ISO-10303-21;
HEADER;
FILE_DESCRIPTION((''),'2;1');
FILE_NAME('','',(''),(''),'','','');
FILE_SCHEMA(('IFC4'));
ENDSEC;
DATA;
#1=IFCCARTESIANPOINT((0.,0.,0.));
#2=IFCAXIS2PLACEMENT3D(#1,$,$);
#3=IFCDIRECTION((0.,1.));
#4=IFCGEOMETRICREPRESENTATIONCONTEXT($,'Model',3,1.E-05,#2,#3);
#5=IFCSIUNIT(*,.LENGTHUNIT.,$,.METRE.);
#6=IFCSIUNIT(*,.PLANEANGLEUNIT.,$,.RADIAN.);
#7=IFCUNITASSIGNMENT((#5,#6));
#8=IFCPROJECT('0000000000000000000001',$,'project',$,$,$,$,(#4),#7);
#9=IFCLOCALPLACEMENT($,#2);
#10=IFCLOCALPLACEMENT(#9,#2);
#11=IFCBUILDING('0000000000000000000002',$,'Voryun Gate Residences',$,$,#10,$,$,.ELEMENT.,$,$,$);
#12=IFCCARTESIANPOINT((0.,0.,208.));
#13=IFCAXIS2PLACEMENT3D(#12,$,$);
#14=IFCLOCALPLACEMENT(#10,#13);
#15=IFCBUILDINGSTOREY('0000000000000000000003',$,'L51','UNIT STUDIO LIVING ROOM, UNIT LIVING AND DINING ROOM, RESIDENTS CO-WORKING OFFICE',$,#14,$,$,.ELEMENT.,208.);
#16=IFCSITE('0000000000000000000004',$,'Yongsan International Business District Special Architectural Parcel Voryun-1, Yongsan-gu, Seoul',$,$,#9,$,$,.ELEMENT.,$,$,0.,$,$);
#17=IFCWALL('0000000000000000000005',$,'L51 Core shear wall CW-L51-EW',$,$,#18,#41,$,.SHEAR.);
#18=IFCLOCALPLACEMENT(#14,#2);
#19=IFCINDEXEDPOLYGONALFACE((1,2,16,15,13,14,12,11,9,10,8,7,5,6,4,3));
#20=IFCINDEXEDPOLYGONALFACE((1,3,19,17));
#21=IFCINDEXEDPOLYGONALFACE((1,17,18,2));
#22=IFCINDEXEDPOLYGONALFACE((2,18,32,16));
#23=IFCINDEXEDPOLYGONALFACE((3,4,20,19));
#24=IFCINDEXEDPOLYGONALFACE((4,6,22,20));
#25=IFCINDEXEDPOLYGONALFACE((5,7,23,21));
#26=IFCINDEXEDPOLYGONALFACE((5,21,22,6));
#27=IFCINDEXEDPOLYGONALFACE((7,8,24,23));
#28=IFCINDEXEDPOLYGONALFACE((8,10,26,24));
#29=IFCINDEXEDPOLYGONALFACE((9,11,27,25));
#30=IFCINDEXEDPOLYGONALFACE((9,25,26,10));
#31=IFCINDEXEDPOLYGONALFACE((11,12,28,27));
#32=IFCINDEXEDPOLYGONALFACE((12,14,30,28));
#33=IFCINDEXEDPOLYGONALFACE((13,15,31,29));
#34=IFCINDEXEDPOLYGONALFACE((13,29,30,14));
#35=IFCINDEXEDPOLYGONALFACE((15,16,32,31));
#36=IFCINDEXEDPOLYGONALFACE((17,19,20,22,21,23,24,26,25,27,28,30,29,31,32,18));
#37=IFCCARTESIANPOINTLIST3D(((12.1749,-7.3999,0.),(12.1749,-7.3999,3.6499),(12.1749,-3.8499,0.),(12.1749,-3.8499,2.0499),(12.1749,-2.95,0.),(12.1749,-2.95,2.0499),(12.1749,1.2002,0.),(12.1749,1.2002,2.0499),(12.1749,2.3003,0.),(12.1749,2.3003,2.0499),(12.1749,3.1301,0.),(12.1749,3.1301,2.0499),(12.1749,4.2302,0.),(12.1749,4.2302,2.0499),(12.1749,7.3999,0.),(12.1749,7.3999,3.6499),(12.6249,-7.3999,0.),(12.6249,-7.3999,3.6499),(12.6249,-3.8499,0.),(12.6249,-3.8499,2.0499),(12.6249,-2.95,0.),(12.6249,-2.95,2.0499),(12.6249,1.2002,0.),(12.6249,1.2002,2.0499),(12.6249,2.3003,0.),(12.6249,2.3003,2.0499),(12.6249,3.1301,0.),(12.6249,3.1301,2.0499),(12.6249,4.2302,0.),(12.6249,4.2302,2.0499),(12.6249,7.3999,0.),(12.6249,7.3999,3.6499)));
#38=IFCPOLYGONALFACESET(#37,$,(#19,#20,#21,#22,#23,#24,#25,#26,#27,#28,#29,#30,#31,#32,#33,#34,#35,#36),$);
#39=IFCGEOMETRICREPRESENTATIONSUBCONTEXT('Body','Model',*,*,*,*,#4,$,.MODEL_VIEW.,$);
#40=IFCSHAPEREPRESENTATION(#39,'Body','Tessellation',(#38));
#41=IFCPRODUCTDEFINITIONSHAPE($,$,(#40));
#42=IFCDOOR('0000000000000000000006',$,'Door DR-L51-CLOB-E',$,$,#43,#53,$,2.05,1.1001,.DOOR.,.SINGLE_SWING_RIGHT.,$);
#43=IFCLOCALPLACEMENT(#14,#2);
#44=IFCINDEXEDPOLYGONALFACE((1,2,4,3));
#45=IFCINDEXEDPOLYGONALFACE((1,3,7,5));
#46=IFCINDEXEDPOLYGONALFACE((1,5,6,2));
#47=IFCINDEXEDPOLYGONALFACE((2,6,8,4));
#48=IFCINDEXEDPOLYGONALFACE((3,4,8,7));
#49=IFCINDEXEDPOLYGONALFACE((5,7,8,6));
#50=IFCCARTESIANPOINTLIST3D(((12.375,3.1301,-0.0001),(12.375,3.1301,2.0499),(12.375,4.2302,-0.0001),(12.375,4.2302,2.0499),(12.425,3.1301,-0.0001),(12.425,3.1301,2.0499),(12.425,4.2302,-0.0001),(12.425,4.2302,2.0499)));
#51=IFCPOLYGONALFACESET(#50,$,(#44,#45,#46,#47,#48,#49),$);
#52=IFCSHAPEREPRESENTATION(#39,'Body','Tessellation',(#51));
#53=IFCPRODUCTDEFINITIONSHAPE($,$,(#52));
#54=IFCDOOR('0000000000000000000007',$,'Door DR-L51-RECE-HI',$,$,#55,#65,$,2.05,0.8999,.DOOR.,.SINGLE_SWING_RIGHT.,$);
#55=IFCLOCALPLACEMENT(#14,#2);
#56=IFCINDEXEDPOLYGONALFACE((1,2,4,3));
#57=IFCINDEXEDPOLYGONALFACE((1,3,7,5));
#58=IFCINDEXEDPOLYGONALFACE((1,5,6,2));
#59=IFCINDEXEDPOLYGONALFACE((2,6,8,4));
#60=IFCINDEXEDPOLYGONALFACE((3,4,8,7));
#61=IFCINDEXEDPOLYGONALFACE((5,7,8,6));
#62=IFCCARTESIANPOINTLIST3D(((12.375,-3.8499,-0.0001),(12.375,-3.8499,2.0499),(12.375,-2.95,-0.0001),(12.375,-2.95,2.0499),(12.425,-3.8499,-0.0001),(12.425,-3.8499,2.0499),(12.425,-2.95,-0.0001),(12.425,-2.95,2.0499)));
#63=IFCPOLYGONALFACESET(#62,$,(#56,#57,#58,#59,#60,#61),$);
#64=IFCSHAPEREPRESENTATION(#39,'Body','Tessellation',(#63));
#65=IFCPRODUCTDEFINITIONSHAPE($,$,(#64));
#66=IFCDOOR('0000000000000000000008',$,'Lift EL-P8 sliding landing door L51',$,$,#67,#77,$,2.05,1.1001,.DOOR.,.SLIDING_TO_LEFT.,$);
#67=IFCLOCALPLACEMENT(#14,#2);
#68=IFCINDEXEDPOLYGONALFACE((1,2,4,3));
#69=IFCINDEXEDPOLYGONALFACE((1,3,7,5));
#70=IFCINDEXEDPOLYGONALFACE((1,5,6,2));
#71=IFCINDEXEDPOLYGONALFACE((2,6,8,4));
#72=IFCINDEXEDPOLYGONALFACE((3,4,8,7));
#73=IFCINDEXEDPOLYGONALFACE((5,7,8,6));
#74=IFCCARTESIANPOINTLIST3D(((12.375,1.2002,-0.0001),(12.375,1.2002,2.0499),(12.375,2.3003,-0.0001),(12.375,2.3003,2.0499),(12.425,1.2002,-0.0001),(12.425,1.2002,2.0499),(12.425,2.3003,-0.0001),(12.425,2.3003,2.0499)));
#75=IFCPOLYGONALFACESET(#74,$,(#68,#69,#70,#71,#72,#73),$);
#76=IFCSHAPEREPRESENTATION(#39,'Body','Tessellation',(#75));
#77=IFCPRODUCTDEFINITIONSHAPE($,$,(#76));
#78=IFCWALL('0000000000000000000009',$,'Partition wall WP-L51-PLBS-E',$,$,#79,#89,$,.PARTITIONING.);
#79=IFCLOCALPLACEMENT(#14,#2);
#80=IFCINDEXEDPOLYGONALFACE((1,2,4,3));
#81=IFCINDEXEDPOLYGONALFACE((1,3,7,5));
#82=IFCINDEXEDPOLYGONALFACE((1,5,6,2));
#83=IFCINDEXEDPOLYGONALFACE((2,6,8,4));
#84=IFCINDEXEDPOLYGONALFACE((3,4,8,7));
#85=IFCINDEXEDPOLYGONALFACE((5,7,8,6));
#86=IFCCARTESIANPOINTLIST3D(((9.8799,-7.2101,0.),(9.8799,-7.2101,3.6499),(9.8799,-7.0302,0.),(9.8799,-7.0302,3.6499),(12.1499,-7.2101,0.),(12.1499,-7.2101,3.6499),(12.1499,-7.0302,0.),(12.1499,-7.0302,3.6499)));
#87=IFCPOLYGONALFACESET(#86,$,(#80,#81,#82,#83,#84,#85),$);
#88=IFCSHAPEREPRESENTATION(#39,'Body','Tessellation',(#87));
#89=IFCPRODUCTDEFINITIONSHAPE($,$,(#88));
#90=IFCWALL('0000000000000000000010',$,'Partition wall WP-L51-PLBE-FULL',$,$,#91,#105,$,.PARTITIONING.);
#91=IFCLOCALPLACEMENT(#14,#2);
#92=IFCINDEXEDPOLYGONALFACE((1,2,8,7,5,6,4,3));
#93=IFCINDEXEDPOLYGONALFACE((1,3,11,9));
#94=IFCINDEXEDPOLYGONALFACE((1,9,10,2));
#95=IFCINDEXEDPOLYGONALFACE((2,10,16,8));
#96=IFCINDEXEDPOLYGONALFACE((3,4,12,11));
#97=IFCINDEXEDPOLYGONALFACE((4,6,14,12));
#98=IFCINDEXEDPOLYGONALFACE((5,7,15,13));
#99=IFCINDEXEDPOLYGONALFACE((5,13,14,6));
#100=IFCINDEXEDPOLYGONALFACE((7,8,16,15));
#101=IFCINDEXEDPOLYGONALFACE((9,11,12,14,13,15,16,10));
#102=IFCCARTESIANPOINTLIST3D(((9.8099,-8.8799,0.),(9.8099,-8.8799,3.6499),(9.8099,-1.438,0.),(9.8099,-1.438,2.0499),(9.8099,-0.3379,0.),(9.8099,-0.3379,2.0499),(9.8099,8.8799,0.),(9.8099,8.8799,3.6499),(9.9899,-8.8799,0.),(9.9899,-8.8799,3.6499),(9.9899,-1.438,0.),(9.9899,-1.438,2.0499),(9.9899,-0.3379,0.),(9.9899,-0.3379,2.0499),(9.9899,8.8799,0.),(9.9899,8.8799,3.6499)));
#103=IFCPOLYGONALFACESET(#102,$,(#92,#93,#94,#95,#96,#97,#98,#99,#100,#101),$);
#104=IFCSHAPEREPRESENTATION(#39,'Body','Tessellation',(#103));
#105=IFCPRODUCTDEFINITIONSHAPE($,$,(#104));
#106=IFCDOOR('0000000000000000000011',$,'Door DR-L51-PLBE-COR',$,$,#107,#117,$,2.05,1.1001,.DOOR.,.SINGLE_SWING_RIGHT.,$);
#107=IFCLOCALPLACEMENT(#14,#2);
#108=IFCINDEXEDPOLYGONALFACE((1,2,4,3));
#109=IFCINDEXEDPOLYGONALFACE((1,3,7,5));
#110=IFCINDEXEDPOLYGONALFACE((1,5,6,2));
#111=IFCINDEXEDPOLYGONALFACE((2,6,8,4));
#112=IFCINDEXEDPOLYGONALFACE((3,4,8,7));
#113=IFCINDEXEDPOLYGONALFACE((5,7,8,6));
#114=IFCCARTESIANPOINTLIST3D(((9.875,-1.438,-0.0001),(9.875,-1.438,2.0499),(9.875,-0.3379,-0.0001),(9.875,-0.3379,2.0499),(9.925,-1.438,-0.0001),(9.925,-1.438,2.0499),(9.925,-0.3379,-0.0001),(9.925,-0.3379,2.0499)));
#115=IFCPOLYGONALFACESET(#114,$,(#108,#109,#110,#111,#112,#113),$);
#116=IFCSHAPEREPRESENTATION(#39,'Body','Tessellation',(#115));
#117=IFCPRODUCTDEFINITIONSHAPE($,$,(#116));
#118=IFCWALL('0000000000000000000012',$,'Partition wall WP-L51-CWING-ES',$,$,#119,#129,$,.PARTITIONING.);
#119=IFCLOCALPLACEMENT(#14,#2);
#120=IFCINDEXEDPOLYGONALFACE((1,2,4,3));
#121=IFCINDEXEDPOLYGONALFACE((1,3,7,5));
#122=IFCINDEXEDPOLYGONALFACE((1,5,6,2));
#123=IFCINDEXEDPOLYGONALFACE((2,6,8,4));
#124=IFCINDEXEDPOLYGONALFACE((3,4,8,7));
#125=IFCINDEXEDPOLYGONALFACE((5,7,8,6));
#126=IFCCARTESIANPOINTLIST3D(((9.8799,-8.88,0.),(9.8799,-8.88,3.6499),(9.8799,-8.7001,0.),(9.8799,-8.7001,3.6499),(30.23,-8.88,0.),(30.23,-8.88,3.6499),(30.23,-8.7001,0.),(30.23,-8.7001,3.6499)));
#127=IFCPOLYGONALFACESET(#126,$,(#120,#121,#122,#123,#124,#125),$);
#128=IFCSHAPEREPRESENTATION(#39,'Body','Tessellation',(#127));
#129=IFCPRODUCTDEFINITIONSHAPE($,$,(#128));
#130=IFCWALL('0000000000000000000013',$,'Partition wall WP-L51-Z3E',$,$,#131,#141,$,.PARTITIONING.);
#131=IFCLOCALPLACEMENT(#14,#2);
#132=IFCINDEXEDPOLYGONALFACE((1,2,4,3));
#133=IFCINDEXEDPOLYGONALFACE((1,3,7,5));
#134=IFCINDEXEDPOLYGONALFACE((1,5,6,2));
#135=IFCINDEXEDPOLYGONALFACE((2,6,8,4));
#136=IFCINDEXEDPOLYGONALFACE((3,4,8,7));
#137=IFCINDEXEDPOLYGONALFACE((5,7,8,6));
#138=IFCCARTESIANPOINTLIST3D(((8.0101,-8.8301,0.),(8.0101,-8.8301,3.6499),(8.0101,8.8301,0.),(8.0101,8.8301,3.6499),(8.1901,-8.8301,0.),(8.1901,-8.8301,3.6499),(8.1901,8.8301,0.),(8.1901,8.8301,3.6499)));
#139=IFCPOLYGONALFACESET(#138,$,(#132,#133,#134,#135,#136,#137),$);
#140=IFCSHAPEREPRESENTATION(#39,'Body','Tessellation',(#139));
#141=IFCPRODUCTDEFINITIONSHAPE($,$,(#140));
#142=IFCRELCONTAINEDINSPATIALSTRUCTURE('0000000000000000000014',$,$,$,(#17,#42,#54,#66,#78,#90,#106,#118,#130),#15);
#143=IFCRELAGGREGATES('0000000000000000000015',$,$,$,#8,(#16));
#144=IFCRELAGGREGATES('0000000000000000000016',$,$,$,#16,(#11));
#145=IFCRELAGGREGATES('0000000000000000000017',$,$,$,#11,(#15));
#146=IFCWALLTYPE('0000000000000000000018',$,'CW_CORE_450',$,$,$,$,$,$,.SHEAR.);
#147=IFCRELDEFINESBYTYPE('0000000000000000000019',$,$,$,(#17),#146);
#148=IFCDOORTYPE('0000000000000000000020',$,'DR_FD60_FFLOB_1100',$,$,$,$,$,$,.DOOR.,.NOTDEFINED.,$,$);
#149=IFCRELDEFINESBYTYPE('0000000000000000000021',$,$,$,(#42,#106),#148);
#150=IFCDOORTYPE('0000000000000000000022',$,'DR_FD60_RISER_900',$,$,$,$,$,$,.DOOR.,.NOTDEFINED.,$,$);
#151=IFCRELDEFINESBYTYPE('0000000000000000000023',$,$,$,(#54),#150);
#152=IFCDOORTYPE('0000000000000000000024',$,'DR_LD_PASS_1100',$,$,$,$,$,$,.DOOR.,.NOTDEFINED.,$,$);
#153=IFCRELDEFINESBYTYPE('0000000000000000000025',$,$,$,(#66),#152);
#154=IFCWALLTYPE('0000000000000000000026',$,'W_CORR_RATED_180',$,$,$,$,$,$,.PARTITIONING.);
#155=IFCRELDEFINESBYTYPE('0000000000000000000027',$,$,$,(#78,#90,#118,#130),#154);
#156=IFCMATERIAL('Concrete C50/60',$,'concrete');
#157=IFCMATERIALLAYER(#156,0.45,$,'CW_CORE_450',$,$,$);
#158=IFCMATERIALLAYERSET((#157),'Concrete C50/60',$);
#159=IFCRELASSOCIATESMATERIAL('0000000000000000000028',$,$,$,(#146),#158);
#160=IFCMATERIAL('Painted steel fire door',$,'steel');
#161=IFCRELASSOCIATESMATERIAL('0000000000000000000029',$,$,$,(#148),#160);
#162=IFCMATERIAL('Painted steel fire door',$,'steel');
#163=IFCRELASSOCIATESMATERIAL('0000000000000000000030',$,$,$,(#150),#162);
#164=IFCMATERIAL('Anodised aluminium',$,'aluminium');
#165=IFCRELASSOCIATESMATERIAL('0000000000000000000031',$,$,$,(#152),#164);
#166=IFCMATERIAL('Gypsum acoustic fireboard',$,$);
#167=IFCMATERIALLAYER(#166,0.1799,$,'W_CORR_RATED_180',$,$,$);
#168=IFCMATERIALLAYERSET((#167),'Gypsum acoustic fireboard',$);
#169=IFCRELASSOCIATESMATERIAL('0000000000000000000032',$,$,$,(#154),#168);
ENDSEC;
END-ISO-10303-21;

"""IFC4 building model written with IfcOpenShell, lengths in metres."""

from ifc_helpers import new_model, si_unit, direction, frame, frame_2d, origin, place, context, subcontext, project, spatial, rectangle, extrude, material, layer, layer_set, type_object, element, fill, save


model = new_model("IFC4")

# Units and contexts
model_context = context("Model", 3, precision=1e-05, world=origin(), true_north=direction((0.0, 1.0)))
body_context = subcontext(model_context, "Body", "Model", "MODEL_VIEW")
ifc_project = project(units=[si_unit("LENGTHUNIT", "METRE"), si_unit("PLANEANGLEUNIT", "RADIAN")], contexts=[model_context])

# Site, building, storey
site_placement = place(None, origin())
site = spatial("IfcSite", under=ifc_project, at=site_placement, Name="Yongsan International Business District Special Architectural Parcel Voryun-1, Yongsan-gu, Seoul", CompositionType="ELEMENT", RefElevation=0.0)
building_placement = place(site_placement, origin())
building = spatial("IfcBuilding", under=site, at=building_placement, Name="Voryun Gate Residences", CompositionType="ELEMENT")
storey_placement = place(building_placement, frame((0.0, 0.0, 208.0)))
storey = spatial("IfcBuildingStorey", under=building, at=storey_placement, Name="L51", Description="UNIT STUDIO LIVING ROOM, UNIT LIVING AND DINING ROOM, RESIDENTS CO-WORKING OFFICE", CompositionType="ELEMENT", Elevation=208.0)

# Shared definitions
ifc_material_1 = material(Name="Concrete C50/60", Category="concrete")
ifc_layer_1 = layer(ifc_material_1, 0.45, Name="CW_CORE_450")
ifc_layer_set_1 = layer_set([ifc_layer_1], Name="Concrete C50/60")
wall_type_1 = type_object("IfcWallType", Name="CW_CORE_450", PredefinedType="SHEAR", material=ifc_layer_set_1)

# Wall, openings, doors
wall_1_placement = place(storey_placement, frame((12.3999, -7.3999, 0.0), z_axis=(0.0, 0.0, 1.0), x_axis=(0.0, 1.0, 0.0)))
wall_1 = element("IfcWall", 1, at=wall_1_placement, inside=storey, type_object=wall_type_1, Name="L51 Core shear wall CW-L51-EW", PredefinedType="SHEAR", context=body_context, shape_type="SweptSolid", body=[
    extrude(rectangle(XDim=14.7998, YDim=0.45, at=frame_2d((7.3999, 0.0))), origin(), (0.0, 0.0, 1.0), 3.6499),
])
opening_1_placement = place(wall_1_placement, frame((8.6001, 0.0, 0.0)))
opening_1 = element("IfcOpeningElement", 2, at=opening_1_placement, cuts=wall_1, PredefinedType="OPENING", context=body_context, shape_type="SweptSolid", body=[
    extrude(rectangle(XDim=1.1001, YDim=2.05, at=frame_2d((0.55, 1.0249))), frame((0.0, 0.2351, 0.0), z_axis=(0.0, -1.0, 0.0), x_axis=(1.0, 0.0, 0.0)), (0.0, 0.0, 1.0), 0.47),
])
opening_2_placement = place(wall_1_placement, frame((10.53, 0.0, 0.0)))
opening_2 = element("IfcOpeningElement", 3, at=opening_2_placement, cuts=wall_1, PredefinedType="OPENING", context=body_context, shape_type="SweptSolid", body=[
    extrude(rectangle(XDim=1.1001, YDim=2.05, at=frame_2d((0.55, 1.0249))), frame((0.0, 0.2351, 0.0), z_axis=(0.0, -1.0, 0.0), x_axis=(1.0, 0.0, 0.0)), (0.0, 0.0, 1.0), 0.47),
])
opening_3_placement = place(wall_1_placement, frame((3.55, 0.0, 0.0)))
opening_3 = element("IfcOpeningElement", 4, at=opening_3_placement, cuts=wall_1, PredefinedType="OPENING", context=body_context, shape_type="SweptSolid", body=[
    extrude(rectangle(XDim=0.8999, YDim=2.05, at=frame_2d((0.45, 1.0249))), frame((0.0, 0.2351, 0.0), z_axis=(0.0, -1.0, 0.0), x_axis=(1.0, 0.0, 0.0)), (0.0, 0.0, 1.0), 0.47),
])
ifc_material_2 = material(Name="Painted steel fire door", Category="steel")
door_type_1 = type_object("IfcDoorType", Name="DR_FD60_FFLOB_1100", OperationType="NOTDEFINED", PredefinedType="DOOR", material=ifc_material_2)
door_1_placement = place(opening_2_placement, origin())
door_1 = element("IfcDoor", 5, at=door_1_placement, inside=storey, type_object=door_type_1, Name="Door DR-L51-CLOB-E", OperationType="SINGLE_SWING_RIGHT", OverallHeight=2.05, OverallWidth=1.1001, PredefinedType="DOOR", context=body_context, shape_type="SweptSolid", body=[
    extrude(rectangle(XDim=1.1001, YDim=2.05, at=frame_2d((0.55, 1.0249))), frame((0.0, 0.0249, 0.0), z_axis=(0.0, -1.0, 0.0), x_axis=(1.0, 0.0, 0.0)), (0.0, 0.0, 1.0), 0.05),
])
fill(opening_2, door_1)
ifc_material_3 = material(Name="Painted steel fire door", Category="steel")
door_type_2 = type_object("IfcDoorType", Name="DR_FD60_RISER_900", OperationType="NOTDEFINED", PredefinedType="DOOR", material=ifc_material_3)
door_2_placement = place(opening_3_placement, origin())
door_2 = element("IfcDoor", 6, at=door_2_placement, inside=storey, type_object=door_type_2, Name="Door DR-L51-RECE-HI", OperationType="SINGLE_SWING_RIGHT", OverallHeight=2.05, OverallWidth=0.8999, PredefinedType="DOOR", context=body_context, shape_type="SweptSolid", body=[
    extrude(rectangle(XDim=0.8999, YDim=2.05, at=frame_2d((0.45, 1.0249))), frame((0.0, 0.0249, 0.0), z_axis=(0.0, -1.0, 0.0), x_axis=(1.0, 0.0, 0.0)), (0.0, 0.0, 1.0), 0.05),
])
fill(opening_3, door_2)
ifc_material_4 = material(Name="Anodised aluminium", Category="aluminium")
door_type_3 = type_object("IfcDoorType", Name="DR_LD_PASS_1100", OperationType="NOTDEFINED", PredefinedType="DOOR", material=ifc_material_4)
door_3_placement = place(opening_1_placement, origin())
door_3 = element("IfcDoor", 7, at=door_3_placement, inside=storey, type_object=door_type_3, Name="Lift EL-P8 sliding landing door L51", OperationType="SLIDING_TO_LEFT", OverallHeight=2.05, OverallWidth=1.1001, PredefinedType="DOOR", context=body_context, shape_type="SweptSolid", body=[
    extrude(rectangle(XDim=1.1001, YDim=2.05, at=frame_2d((0.55, 1.0249))), frame((0.0, 0.0249, 0.0), z_axis=(0.0, -1.0, 0.0), x_axis=(1.0, 0.0, 0.0)), (0.0, 0.0, 1.0), 0.05),
])
fill(opening_1, door_3)

# Wall
ifc_material_5 = material(Name="Gypsum acoustic fireboard")
ifc_layer_2 = layer(ifc_material_5, 0.1799, Name="W_CORR_RATED_180")
ifc_layer_set_2 = layer_set([ifc_layer_2], Name="Gypsum acoustic fireboard")
wall_type_2 = type_object("IfcWallType", Name="W_CORR_RATED_180", PredefinedType="PARTITIONING", material=ifc_layer_set_2)
wall_2_placement = place(storey_placement, frame((9.8799, -7.1201, 0.0), z_axis=(0.0, 0.0, 1.0), x_axis=(1.0, 0.0, 0.0)))
element("IfcWall", 8, at=wall_2_placement, inside=storey, type_object=wall_type_2, Name="Partition wall WP-L51-PLBS-E", PredefinedType="PARTITIONING", context=body_context, shape_type="SweptSolid", body=[
    extrude(rectangle(XDim=2.27, YDim=0.1799, at=frame_2d((1.135, 0.0))), origin(), (0.0, 0.0, 1.0), 3.6499),
])

# Wall, opening, door
wall_3_placement = place(storey_placement, frame((9.8999, -8.8799, 0.0), z_axis=(0.0, 0.0, 1.0), x_axis=(0.0, 1.0, 0.0)))
wall_3 = element("IfcWall", 9, at=wall_3_placement, inside=storey, type_object=wall_type_2, Name="Partition wall WP-L51-PLBE-FULL", PredefinedType="PARTITIONING", context=body_context, shape_type="SweptSolid", body=[
    extrude(rectangle(XDim=17.7598, YDim=0.1799, at=frame_2d((8.8799, 0.0))), origin(), (0.0, 0.0, 1.0), 3.6499),
])
opening_4_placement = place(wall_3_placement, frame((7.4419, 0.0, 0.0)))
opening_4 = element("IfcOpeningElement", 10, at=opening_4_placement, cuts=wall_3, PredefinedType="OPENING", context=body_context, shape_type="SweptSolid", body=[
    extrude(rectangle(XDim=1.1001, YDim=2.05, at=frame_2d((0.55, 1.0249))), frame((0.0, 0.0999, 0.0), z_axis=(0.0, -1.0, 0.0), x_axis=(1.0, 0.0, 0.0)), (0.0, 0.0, 1.0), 0.2),
])
door_4_placement = place(opening_4_placement, origin())
door_4 = element("IfcDoor", 11, at=door_4_placement, inside=storey, type_object=door_type_1, Name="Door DR-L51-PLBE-COR", OperationType="SINGLE_SWING_RIGHT", OverallHeight=2.05, OverallWidth=1.1001, PredefinedType="DOOR", context=body_context, shape_type="SweptSolid", body=[
    extrude(rectangle(XDim=1.1001, YDim=2.05, at=frame_2d((0.55, 1.0249))), frame((0.0, 0.0249, 0.0), z_axis=(0.0, -1.0, 0.0), x_axis=(1.0, 0.0, 0.0)), (0.0, 0.0, 1.0), 0.05),
])
fill(opening_4, door_4)

# Walls
wall_4_placement = place(storey_placement, frame((9.8799, -8.79, 0.0), z_axis=(0.0, 0.0, 1.0), x_axis=(1.0, 0.0, 0.0)))
element("IfcWall", 12, at=wall_4_placement, inside=storey, type_object=wall_type_2, Name="Partition wall WP-L51-CWING-ES", PredefinedType="PARTITIONING", context=body_context, shape_type="SweptSolid", body=[
    extrude(rectangle(XDim=20.3501, YDim=0.1799, at=frame_2d((10.175, 0.0))), origin(), (0.0, 0.0, 1.0), 3.6499),
])
wall_5_placement = place(storey_placement, frame((8.1001, -8.8301, 0.0), z_axis=(0.0, 0.0, 1.0), x_axis=(0.0, 1.0, 0.0)))
element("IfcWall", 13, at=wall_5_placement, inside=storey, type_object=wall_type_2, Name="Partition wall WP-L51-Z3E", PredefinedType="PARTITIONING", context=body_context, shape_type="SweptSolid", body=[
    extrude(rectangle(XDim=17.6602, YDim=0.1799, at=frame_2d((8.8301, 0.0))), origin(), (0.0, 0.0, 1.0), 3.6499),
])

save(model, "model.ifc")
